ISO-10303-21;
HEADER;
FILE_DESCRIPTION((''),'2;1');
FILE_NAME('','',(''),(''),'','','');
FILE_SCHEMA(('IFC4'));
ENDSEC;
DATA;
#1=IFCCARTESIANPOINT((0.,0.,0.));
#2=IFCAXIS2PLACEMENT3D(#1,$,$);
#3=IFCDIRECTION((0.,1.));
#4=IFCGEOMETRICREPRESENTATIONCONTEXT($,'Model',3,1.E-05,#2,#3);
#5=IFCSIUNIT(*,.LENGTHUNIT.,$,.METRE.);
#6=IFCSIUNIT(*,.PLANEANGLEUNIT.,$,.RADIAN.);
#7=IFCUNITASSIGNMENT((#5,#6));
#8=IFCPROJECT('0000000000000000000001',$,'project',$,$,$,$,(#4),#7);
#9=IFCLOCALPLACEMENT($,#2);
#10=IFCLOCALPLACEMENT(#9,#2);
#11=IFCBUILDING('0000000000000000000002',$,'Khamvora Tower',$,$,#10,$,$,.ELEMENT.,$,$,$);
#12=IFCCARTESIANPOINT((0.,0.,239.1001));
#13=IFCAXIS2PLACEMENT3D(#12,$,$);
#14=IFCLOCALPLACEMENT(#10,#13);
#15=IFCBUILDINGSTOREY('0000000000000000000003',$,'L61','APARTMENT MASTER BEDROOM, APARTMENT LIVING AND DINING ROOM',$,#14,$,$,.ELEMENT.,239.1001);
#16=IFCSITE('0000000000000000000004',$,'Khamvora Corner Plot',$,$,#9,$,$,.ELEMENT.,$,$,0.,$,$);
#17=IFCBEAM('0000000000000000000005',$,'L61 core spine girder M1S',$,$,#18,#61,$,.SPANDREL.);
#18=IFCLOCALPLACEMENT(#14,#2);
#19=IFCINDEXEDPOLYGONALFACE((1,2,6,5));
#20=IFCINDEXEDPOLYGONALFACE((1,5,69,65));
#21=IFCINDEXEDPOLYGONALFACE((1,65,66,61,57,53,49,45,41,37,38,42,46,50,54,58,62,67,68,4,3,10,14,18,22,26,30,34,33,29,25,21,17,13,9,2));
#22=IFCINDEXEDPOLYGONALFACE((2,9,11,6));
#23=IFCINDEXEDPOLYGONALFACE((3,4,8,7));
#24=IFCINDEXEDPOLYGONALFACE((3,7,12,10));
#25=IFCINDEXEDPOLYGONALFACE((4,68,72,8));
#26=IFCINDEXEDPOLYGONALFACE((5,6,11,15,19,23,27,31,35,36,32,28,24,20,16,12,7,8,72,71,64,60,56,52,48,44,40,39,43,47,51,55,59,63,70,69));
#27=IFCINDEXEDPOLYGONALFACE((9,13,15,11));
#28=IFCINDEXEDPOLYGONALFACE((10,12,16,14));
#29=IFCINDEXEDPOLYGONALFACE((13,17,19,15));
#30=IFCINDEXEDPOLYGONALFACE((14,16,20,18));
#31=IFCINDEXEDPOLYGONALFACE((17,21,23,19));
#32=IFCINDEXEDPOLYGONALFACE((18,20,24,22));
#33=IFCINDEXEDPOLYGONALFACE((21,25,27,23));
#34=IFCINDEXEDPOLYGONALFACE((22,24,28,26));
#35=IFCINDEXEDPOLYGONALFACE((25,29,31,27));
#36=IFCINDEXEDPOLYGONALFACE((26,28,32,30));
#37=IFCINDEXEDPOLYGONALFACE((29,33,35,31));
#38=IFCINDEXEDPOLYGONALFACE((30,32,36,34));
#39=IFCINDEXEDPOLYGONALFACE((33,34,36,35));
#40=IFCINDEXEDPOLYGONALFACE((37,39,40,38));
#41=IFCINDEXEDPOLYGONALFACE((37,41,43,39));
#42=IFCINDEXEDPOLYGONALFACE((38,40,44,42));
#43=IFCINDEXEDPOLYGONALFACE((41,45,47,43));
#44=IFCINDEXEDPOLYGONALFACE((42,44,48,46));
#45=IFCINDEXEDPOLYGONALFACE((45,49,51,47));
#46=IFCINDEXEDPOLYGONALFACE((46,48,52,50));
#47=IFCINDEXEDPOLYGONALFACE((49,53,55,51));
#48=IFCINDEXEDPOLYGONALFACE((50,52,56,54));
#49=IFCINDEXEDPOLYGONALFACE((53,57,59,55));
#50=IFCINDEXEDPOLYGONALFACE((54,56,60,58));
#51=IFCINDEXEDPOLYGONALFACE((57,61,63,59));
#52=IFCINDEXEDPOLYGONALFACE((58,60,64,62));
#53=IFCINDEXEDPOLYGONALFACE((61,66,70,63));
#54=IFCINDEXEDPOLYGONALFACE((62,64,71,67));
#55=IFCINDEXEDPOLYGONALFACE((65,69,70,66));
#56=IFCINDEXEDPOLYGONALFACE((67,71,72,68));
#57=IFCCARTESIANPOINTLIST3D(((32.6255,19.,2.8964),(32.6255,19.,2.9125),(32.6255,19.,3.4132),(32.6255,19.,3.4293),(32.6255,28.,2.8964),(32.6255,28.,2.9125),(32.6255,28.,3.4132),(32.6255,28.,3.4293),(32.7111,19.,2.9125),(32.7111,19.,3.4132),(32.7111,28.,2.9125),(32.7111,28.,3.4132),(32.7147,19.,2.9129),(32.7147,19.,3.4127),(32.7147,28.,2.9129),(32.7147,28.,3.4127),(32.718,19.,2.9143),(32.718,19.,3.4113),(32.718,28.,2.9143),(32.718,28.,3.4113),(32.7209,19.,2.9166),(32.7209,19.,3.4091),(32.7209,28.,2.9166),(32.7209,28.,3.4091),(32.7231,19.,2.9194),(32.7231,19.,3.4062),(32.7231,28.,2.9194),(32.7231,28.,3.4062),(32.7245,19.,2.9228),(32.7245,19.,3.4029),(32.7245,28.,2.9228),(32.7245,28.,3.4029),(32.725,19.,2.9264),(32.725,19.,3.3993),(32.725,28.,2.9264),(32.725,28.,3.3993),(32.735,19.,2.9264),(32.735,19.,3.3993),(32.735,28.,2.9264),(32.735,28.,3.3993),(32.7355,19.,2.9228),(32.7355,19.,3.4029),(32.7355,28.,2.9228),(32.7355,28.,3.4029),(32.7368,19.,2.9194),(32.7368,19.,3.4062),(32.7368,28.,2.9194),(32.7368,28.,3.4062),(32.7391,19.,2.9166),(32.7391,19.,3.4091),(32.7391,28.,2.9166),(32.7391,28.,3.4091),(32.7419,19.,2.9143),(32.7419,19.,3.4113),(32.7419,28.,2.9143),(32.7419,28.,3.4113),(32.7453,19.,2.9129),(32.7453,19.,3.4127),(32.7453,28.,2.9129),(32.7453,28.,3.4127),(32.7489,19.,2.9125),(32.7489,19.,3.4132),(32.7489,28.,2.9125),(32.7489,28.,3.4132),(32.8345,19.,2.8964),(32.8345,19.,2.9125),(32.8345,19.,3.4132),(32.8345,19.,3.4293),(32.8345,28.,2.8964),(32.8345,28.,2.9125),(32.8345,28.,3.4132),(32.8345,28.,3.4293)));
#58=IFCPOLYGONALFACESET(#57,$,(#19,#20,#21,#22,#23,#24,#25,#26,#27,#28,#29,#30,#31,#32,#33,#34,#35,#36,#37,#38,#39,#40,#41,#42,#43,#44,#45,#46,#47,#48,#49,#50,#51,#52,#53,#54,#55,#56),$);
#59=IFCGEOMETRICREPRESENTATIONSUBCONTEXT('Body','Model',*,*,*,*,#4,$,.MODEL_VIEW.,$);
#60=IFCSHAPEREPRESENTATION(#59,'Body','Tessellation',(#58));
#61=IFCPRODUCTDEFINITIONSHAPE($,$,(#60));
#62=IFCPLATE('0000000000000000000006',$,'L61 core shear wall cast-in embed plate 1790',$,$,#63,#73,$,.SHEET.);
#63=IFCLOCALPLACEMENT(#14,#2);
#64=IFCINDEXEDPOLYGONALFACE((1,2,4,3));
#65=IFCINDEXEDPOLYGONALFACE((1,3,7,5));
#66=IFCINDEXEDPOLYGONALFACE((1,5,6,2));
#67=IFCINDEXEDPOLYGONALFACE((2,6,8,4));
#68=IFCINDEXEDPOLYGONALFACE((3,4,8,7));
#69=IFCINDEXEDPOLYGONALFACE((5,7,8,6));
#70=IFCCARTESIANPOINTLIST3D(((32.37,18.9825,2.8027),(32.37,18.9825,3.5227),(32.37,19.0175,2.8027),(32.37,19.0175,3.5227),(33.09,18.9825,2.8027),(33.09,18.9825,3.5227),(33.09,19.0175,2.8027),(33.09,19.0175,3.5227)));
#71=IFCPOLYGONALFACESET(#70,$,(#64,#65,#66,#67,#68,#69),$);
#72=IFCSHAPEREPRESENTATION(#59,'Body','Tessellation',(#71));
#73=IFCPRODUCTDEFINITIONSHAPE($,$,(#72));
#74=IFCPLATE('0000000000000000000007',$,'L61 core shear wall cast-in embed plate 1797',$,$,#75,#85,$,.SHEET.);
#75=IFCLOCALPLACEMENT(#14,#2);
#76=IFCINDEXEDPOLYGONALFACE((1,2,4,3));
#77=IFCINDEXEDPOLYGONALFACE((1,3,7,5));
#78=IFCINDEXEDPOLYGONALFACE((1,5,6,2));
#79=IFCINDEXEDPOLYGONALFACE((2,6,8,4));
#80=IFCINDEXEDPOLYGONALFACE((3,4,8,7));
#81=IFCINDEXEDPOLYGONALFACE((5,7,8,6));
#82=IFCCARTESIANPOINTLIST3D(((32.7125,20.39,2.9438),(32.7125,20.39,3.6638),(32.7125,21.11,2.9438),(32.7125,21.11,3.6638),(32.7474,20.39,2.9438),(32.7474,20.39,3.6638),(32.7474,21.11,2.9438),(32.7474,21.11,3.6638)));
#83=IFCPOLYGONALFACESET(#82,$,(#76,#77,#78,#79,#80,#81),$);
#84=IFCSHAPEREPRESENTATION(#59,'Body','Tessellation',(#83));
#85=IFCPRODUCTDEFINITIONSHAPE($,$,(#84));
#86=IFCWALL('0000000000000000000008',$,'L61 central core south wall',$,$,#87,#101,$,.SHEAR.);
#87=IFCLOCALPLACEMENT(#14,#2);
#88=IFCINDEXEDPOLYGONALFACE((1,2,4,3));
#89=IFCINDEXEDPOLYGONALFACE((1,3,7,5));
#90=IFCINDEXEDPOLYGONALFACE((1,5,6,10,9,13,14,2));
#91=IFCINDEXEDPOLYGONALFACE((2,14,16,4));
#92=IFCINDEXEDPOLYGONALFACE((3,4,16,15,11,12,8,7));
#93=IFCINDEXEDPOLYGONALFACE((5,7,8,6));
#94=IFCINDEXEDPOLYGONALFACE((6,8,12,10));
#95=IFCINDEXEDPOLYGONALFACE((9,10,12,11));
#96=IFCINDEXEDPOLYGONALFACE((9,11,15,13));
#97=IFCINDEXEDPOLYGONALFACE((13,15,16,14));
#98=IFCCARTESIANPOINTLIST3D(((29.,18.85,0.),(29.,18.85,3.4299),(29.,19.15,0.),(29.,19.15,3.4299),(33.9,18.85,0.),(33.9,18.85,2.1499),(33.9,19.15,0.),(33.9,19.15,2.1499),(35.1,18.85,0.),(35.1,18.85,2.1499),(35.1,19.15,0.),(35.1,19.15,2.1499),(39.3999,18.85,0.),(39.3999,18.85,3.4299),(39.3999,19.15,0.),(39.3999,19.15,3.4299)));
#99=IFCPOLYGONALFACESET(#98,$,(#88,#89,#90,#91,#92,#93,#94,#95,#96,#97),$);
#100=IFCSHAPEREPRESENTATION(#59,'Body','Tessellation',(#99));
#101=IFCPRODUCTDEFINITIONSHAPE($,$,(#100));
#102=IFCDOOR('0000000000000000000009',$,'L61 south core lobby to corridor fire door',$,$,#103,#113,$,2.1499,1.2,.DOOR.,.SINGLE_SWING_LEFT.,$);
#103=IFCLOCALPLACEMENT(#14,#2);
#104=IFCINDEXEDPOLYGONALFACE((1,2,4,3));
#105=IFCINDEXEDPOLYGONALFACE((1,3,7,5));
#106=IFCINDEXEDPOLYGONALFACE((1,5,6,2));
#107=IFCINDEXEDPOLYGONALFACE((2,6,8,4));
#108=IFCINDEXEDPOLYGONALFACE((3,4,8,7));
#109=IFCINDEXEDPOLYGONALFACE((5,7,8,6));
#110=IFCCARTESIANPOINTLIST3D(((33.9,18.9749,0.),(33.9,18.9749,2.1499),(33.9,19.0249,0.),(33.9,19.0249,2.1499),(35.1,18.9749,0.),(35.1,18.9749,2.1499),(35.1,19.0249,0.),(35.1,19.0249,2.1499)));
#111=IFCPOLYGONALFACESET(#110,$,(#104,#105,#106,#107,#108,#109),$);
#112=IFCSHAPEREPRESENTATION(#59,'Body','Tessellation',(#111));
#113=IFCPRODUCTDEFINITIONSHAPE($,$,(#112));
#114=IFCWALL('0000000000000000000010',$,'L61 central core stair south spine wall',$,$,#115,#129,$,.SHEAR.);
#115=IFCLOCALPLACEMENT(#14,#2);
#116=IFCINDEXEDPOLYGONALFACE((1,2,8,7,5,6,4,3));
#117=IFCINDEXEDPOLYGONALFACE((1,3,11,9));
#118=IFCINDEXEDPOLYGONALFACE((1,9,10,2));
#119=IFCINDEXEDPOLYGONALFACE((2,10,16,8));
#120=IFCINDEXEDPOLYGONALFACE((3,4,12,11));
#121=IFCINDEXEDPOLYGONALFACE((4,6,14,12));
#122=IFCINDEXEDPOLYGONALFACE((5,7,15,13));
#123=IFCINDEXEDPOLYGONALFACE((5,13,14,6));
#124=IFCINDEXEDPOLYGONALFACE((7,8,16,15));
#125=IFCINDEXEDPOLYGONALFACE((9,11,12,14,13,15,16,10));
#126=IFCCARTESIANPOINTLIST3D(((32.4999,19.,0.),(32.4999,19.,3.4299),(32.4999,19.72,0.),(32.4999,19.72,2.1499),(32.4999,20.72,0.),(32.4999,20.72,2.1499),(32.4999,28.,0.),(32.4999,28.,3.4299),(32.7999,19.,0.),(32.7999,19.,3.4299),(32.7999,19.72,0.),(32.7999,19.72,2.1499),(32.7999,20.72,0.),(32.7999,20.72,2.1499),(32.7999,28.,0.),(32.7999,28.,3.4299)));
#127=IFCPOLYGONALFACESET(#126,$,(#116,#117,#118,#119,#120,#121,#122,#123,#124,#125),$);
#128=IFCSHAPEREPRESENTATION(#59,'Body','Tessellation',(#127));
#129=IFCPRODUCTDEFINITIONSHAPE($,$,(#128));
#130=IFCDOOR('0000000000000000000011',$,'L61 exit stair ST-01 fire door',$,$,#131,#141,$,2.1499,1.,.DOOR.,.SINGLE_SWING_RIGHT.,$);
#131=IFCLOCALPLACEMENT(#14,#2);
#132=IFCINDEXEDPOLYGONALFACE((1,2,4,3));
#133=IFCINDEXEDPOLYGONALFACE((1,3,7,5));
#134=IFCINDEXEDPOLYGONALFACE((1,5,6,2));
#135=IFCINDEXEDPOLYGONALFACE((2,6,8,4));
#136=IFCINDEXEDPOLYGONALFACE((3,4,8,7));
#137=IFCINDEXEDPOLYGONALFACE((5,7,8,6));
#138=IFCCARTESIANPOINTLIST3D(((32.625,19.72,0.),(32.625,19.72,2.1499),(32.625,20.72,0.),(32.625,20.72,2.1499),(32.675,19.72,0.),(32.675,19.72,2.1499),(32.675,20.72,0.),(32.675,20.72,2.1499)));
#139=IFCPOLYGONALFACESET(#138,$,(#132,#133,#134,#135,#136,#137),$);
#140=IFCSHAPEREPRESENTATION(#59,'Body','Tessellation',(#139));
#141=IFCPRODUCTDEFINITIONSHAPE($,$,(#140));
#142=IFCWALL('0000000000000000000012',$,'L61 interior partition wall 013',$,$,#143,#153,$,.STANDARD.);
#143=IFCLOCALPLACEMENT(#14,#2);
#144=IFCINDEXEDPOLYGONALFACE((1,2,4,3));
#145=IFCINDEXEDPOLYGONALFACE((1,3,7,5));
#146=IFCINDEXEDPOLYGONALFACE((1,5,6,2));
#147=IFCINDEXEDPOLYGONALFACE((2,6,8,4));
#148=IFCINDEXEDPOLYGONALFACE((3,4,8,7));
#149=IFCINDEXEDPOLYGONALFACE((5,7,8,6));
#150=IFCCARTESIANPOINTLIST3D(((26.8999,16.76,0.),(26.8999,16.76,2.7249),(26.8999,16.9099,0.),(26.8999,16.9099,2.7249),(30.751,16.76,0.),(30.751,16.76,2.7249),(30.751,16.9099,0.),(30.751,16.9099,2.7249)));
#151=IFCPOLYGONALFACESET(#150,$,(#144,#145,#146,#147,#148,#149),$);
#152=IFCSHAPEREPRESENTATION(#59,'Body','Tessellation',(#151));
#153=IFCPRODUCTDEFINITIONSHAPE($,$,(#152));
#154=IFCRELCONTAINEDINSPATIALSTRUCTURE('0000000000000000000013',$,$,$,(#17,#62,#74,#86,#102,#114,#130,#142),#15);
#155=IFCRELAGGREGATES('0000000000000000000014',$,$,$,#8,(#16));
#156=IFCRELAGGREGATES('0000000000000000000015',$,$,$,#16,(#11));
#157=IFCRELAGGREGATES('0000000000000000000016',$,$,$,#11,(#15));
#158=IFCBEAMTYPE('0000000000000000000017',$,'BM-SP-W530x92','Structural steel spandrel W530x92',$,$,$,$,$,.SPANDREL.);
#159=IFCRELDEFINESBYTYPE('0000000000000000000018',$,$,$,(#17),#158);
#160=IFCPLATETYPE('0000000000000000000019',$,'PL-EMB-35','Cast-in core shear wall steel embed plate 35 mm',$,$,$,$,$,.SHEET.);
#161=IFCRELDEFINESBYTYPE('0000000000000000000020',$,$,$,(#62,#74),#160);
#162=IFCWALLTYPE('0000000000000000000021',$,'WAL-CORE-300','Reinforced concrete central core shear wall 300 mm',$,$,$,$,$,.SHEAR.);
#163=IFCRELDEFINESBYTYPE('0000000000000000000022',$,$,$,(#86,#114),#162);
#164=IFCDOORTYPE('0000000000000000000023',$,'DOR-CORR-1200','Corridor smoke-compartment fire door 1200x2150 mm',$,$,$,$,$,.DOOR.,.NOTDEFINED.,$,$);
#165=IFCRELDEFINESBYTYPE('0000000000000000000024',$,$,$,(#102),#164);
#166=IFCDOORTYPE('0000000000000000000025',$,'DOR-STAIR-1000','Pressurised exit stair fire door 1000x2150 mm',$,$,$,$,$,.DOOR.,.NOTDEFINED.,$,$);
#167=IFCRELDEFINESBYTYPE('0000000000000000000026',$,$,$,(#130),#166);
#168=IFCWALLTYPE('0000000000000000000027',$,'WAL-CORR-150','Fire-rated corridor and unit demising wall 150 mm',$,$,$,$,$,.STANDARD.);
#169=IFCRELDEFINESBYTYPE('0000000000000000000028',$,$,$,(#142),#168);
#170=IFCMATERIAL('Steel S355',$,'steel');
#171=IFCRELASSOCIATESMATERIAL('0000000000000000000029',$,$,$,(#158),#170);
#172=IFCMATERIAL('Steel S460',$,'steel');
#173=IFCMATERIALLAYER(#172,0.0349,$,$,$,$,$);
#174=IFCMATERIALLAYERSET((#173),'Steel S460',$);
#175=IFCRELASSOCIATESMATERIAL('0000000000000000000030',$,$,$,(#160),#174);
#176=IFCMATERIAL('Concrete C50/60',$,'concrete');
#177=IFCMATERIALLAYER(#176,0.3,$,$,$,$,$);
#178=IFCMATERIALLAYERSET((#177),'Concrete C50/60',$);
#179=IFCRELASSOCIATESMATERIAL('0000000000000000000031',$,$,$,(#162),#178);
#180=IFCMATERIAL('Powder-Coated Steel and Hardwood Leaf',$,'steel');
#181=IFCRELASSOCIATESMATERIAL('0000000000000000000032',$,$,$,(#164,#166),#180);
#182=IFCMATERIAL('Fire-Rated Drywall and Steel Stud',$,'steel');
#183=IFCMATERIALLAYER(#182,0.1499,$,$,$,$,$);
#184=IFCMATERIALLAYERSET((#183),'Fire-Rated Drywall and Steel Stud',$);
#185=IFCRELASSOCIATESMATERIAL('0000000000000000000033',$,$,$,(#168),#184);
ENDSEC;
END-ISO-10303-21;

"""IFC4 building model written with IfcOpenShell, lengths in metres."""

from ifc_helpers import new_model, si_unit, direction, frame, frame_2d, origin, origin_2d, place, context, subcontext, project, spatial, rectangle, i_section, extrude, material, layer, layer_set, material_profile, profile_set, type_object, element, fill, save


model = new_model("IFC4")

# Units and contexts
model_context = context("Model", 3, precision=1e-05, world=origin(), true_north=direction((0.0, 1.0)))
body_context = subcontext(model_context, "Body", "Model", "MODEL_VIEW")
ifc_project = project(units=[si_unit("LENGTHUNIT", "METRE"), si_unit("PLANEANGLEUNIT", "RADIAN")], contexts=[model_context])

# Site, building, storey
site_placement = place(None, origin())
site = spatial("IfcSite", under=ifc_project, at=site_placement, Name="Khamvora Corner Plot", CompositionType="ELEMENT", RefElevation=0.0)
building_placement = place(site_placement, origin())
building = spatial("IfcBuilding", under=site, at=building_placement, Name="Khamvora Tower", CompositionType="ELEMENT")
storey_placement = place(building_placement, frame((0.0, 0.0, 239.1001)))
storey = spatial("IfcBuildingStorey", under=building, at=storey_placement, Name="L61", Description="APARTMENT MASTER BEDROOM, APARTMENT LIVING AND DINING ROOM", CompositionType="ELEMENT", Elevation=239.1001)

# Beam
ifc_material_1 = material(Name="Steel S355", Category="steel")
ifc_material_profile = material_profile(ifc_material_1, i_section(OverallWidth=0.209, OverallDepth=0.533, WebThickness=0.01, FlangeThickness=0.0161, FilletRadius=0.0139, at=origin_2d()), Name="W530x92")
ifc_profile_set = profile_set([ifc_material_profile], Name="Steel S355")
beam_type = type_object("IfcBeamType", Name="BM-SP-W530x92", Description="Structural steel spandrel W530x92", PredefinedType="SPANDREL", material=ifc_profile_set)
beam_placement = place(storey_placement, frame((32.73, 19.0, 3.1628), z_axis=(0.0, 1.0, 0.0), x_axis=(-1.0, 0.0, 0.0)))
element("IfcBeam", 1, at=beam_placement, inside=storey, type_object=beam_type, Name="L61 core spine girder M1S", PredefinedType="SPANDREL", context=body_context, shape_type="SweptSolid", body=[
    extrude(i_section(OverallWidth=0.209, OverallDepth=0.533, WebThickness=0.01, FlangeThickness=0.0161, FilletRadius=0.0139, at=origin_2d()), origin(), (0.0, 0.0, 1.0), 9.0),
])

# Plates
ifc_material_2 = material(Name="Steel S460", Category="steel")
ifc_layer_1 = layer(ifc_material_2, 0.0349)
ifc_layer_set_1 = layer_set([ifc_layer_1], Name="Steel S460")
plate_type = type_object("IfcPlateType", Name="PL-EMB-35", Description="Cast-in core shear wall steel embed plate 35 mm", PredefinedType="SHEET", material=ifc_layer_set_1)
plate_1_placement = place(storey_placement, frame((32.73, 19.0, 2.8027), z_axis=(0.0, 0.0, 1.0), x_axis=(1.0, 0.0, 0.0)))
element("IfcPlate", 2, at=plate_1_placement, inside=storey, type_object=plate_type, Name="L61 core shear wall cast-in embed plate 1790", PredefinedType="SHEET", context=body_context, shape_type="SweptSolid", body=[
    extrude(rectangle(XDim=0.72, YDim=0.0349, at=origin_2d()), origin(), (0.0, 0.0, 1.0), 0.72),
])
plate_2_placement = place(storey_placement, frame((32.73, 20.75, 2.9438), z_axis=(0.0, 0.0, 1.0), x_axis=(1.0, 0.0, 0.0)))
element("IfcPlate", 3, at=plate_2_placement, inside=storey, type_object=plate_type, Name="L61 core shear wall cast-in embed plate 1797", PredefinedType="SHEET", context=body_context, shape_type="SweptSolid", body=[
    extrude(rectangle(XDim=0.0349, YDim=0.72, at=origin_2d()), origin(), (0.0, 0.0, 1.0), 0.72),
])

# Walls, openings, doors
ifc_material_3 = material(Name="Concrete C50/60", Category="concrete")
ifc_layer_2 = layer(ifc_material_3, 0.3)
ifc_layer_set_2 = layer_set([ifc_layer_2], Name="Concrete C50/60")
wall_type_1 = type_object("IfcWallType", Name="WAL-CORE-300", Description="Reinforced concrete central core shear wall 300 mm", PredefinedType="SHEAR", material=ifc_layer_set_2)
wall_1_placement = place(storey_placement, frame((29.0, 19.0, 0.0), z_axis=(0.0, 0.0, 1.0), x_axis=(1.0, 0.0, 0.0)))
wall_1 = element("IfcWall", 4, at=wall_1_placement, inside=storey, type_object=wall_type_1, Name="L61 central core south wall", PredefinedType="SHEAR", context=body_context, shape_type="SweptSolid", body=[
    extrude(rectangle(XDim=10.3999, YDim=0.3, at=frame_2d((5.2, 0.0))), origin(), (0.0, 0.0, 1.0), 3.4299),
])
opening_1_placement = place(wall_1_placement, frame((4.8999, 0.0, 0.0)))
opening_1 = element("IfcOpeningElement", 5, at=opening_1_placement, cuts=wall_1, PredefinedType="OPENING", context=body_context, shape_type="SweptSolid", body=[
    extrude(rectangle(XDim=1.2, YDim=2.1499, at=frame_2d((0.6001, 1.075))), frame((0.0, 0.1599, 0.0), z_axis=(0.0, -1.0, 0.0), x_axis=(1.0, 0.0, 0.0)), (0.0, 0.0, 1.0), 0.3201),
])
ifc_material_4 = material(Name="Powder-Coated Steel and Hardwood Leaf", Category="steel")
door_type_1 = type_object("IfcDoorType", Name="DOR-CORR-1200", Description="Corridor smoke-compartment fire door 1200x2150 mm", OperationType="NOTDEFINED", PredefinedType="DOOR", material=ifc_material_4)
door_1_placement = place(opening_1_placement, origin())
door_1 = element("IfcDoor", 6, at=door_1_placement, inside=storey, type_object=door_type_1, Name="L61 south core lobby to corridor fire door", OperationType="SINGLE_SWING_LEFT", OverallHeight=2.1499, OverallWidth=1.2, PredefinedType="DOOR", context=body_context, shape_type="SweptSolid", body=[
    extrude(rectangle(XDim=1.2, YDim=2.1499, at=frame_2d((0.6001, 1.075))), frame((0.0, 0.0249, 0.0), z_axis=(0.0, -1.0, 0.0), x_axis=(1.0, 0.0, 0.0)), (0.0, 0.0, 1.0), 0.05),
])
fill(opening_1, door_1)
wall_2_placement = place(storey_placement, frame((32.6499, 19.0, 0.0), z_axis=(0.0, 0.0, 1.0), x_axis=(0.0, 1.0, 0.0)))
wall_2 = element("IfcWall", 7, at=wall_2_placement, inside=storey, type_object=wall_type_1, Name="L61 central core stair south spine wall", PredefinedType="SHEAR", context=body_context, shape_type="SweptSolid", body=[
    extrude(rectangle(XDim=9.0, YDim=0.3, at=frame_2d((4.5, 0.0))), origin(), (0.0, 0.0, 1.0), 3.4299),
])
opening_2_placement = place(wall_2_placement, frame((0.72, 0.0, 0.0)))
opening_2 = element("IfcOpeningElement", 8, at=opening_2_placement, cuts=wall_2, PredefinedType="OPENING", context=body_context, shape_type="SweptSolid", body=[
    extrude(rectangle(XDim=1.0, YDim=2.1499, at=frame_2d((0.5, 1.075))), frame((0.0, 0.1599, 0.0), z_axis=(0.0, -1.0, 0.0), x_axis=(1.0, 0.0, 0.0)), (0.0, 0.0, 1.0), 0.3201),
])
door_type_2 = type_object("IfcDoorType", Name="DOR-STAIR-1000", Description="Pressurised exit stair fire door 1000x2150 mm", OperationType="NOTDEFINED", PredefinedType="DOOR", material=ifc_material_4)
door_2_placement = place(opening_2_placement, origin())
door_2 = element("IfcDoor", 9, at=door_2_placement, inside=storey, type_object=door_type_2, Name="L61 exit stair ST-01 fire door", OperationType="SINGLE_SWING_RIGHT", OverallHeight=2.1499, OverallWidth=1.0, PredefinedType="DOOR", context=body_context, shape_type="SweptSolid", body=[
    extrude(rectangle(XDim=1.0, YDim=2.1499, at=frame_2d((0.5, 1.075))), frame((0.0, 0.0249, 0.0), z_axis=(0.0, -1.0, 0.0), x_axis=(1.0, 0.0, 0.0)), (0.0, 0.0, 1.0), 0.05),
])
fill(opening_2, door_2)

# Wall
ifc_material_5 = material(Name="Fire-Rated Drywall and Steel Stud", Category="steel")
ifc_layer_3 = layer(ifc_material_5, 0.1499)
ifc_layer_set_3 = layer_set([ifc_layer_3], Name="Fire-Rated Drywall and Steel Stud")
wall_type_2 = type_object("IfcWallType", Name="WAL-CORR-150", Description="Fire-rated corridor and unit demising wall 150 mm", PredefinedType="STANDARD", material=ifc_layer_set_3)
wall_3_placement = place(storey_placement, frame((30.751, 16.835, 0.0), z_axis=(0.0, 0.0, 1.0), x_axis=(-1.0, 0.0, 0.0)))
element("IfcWall", 10, at=wall_3_placement, inside=storey, type_object=wall_type_2, Name="L61 interior partition wall 013", PredefinedType="STANDARD", context=body_context, shape_type="SweptSolid", body=[
    extrude(rectangle(XDim=3.8511, YDim=0.1499, at=frame_2d((1.9255, 0.0))), origin(), (0.0, 0.0, 1.0), 2.7249),
])

save(model, "model.ifc")
